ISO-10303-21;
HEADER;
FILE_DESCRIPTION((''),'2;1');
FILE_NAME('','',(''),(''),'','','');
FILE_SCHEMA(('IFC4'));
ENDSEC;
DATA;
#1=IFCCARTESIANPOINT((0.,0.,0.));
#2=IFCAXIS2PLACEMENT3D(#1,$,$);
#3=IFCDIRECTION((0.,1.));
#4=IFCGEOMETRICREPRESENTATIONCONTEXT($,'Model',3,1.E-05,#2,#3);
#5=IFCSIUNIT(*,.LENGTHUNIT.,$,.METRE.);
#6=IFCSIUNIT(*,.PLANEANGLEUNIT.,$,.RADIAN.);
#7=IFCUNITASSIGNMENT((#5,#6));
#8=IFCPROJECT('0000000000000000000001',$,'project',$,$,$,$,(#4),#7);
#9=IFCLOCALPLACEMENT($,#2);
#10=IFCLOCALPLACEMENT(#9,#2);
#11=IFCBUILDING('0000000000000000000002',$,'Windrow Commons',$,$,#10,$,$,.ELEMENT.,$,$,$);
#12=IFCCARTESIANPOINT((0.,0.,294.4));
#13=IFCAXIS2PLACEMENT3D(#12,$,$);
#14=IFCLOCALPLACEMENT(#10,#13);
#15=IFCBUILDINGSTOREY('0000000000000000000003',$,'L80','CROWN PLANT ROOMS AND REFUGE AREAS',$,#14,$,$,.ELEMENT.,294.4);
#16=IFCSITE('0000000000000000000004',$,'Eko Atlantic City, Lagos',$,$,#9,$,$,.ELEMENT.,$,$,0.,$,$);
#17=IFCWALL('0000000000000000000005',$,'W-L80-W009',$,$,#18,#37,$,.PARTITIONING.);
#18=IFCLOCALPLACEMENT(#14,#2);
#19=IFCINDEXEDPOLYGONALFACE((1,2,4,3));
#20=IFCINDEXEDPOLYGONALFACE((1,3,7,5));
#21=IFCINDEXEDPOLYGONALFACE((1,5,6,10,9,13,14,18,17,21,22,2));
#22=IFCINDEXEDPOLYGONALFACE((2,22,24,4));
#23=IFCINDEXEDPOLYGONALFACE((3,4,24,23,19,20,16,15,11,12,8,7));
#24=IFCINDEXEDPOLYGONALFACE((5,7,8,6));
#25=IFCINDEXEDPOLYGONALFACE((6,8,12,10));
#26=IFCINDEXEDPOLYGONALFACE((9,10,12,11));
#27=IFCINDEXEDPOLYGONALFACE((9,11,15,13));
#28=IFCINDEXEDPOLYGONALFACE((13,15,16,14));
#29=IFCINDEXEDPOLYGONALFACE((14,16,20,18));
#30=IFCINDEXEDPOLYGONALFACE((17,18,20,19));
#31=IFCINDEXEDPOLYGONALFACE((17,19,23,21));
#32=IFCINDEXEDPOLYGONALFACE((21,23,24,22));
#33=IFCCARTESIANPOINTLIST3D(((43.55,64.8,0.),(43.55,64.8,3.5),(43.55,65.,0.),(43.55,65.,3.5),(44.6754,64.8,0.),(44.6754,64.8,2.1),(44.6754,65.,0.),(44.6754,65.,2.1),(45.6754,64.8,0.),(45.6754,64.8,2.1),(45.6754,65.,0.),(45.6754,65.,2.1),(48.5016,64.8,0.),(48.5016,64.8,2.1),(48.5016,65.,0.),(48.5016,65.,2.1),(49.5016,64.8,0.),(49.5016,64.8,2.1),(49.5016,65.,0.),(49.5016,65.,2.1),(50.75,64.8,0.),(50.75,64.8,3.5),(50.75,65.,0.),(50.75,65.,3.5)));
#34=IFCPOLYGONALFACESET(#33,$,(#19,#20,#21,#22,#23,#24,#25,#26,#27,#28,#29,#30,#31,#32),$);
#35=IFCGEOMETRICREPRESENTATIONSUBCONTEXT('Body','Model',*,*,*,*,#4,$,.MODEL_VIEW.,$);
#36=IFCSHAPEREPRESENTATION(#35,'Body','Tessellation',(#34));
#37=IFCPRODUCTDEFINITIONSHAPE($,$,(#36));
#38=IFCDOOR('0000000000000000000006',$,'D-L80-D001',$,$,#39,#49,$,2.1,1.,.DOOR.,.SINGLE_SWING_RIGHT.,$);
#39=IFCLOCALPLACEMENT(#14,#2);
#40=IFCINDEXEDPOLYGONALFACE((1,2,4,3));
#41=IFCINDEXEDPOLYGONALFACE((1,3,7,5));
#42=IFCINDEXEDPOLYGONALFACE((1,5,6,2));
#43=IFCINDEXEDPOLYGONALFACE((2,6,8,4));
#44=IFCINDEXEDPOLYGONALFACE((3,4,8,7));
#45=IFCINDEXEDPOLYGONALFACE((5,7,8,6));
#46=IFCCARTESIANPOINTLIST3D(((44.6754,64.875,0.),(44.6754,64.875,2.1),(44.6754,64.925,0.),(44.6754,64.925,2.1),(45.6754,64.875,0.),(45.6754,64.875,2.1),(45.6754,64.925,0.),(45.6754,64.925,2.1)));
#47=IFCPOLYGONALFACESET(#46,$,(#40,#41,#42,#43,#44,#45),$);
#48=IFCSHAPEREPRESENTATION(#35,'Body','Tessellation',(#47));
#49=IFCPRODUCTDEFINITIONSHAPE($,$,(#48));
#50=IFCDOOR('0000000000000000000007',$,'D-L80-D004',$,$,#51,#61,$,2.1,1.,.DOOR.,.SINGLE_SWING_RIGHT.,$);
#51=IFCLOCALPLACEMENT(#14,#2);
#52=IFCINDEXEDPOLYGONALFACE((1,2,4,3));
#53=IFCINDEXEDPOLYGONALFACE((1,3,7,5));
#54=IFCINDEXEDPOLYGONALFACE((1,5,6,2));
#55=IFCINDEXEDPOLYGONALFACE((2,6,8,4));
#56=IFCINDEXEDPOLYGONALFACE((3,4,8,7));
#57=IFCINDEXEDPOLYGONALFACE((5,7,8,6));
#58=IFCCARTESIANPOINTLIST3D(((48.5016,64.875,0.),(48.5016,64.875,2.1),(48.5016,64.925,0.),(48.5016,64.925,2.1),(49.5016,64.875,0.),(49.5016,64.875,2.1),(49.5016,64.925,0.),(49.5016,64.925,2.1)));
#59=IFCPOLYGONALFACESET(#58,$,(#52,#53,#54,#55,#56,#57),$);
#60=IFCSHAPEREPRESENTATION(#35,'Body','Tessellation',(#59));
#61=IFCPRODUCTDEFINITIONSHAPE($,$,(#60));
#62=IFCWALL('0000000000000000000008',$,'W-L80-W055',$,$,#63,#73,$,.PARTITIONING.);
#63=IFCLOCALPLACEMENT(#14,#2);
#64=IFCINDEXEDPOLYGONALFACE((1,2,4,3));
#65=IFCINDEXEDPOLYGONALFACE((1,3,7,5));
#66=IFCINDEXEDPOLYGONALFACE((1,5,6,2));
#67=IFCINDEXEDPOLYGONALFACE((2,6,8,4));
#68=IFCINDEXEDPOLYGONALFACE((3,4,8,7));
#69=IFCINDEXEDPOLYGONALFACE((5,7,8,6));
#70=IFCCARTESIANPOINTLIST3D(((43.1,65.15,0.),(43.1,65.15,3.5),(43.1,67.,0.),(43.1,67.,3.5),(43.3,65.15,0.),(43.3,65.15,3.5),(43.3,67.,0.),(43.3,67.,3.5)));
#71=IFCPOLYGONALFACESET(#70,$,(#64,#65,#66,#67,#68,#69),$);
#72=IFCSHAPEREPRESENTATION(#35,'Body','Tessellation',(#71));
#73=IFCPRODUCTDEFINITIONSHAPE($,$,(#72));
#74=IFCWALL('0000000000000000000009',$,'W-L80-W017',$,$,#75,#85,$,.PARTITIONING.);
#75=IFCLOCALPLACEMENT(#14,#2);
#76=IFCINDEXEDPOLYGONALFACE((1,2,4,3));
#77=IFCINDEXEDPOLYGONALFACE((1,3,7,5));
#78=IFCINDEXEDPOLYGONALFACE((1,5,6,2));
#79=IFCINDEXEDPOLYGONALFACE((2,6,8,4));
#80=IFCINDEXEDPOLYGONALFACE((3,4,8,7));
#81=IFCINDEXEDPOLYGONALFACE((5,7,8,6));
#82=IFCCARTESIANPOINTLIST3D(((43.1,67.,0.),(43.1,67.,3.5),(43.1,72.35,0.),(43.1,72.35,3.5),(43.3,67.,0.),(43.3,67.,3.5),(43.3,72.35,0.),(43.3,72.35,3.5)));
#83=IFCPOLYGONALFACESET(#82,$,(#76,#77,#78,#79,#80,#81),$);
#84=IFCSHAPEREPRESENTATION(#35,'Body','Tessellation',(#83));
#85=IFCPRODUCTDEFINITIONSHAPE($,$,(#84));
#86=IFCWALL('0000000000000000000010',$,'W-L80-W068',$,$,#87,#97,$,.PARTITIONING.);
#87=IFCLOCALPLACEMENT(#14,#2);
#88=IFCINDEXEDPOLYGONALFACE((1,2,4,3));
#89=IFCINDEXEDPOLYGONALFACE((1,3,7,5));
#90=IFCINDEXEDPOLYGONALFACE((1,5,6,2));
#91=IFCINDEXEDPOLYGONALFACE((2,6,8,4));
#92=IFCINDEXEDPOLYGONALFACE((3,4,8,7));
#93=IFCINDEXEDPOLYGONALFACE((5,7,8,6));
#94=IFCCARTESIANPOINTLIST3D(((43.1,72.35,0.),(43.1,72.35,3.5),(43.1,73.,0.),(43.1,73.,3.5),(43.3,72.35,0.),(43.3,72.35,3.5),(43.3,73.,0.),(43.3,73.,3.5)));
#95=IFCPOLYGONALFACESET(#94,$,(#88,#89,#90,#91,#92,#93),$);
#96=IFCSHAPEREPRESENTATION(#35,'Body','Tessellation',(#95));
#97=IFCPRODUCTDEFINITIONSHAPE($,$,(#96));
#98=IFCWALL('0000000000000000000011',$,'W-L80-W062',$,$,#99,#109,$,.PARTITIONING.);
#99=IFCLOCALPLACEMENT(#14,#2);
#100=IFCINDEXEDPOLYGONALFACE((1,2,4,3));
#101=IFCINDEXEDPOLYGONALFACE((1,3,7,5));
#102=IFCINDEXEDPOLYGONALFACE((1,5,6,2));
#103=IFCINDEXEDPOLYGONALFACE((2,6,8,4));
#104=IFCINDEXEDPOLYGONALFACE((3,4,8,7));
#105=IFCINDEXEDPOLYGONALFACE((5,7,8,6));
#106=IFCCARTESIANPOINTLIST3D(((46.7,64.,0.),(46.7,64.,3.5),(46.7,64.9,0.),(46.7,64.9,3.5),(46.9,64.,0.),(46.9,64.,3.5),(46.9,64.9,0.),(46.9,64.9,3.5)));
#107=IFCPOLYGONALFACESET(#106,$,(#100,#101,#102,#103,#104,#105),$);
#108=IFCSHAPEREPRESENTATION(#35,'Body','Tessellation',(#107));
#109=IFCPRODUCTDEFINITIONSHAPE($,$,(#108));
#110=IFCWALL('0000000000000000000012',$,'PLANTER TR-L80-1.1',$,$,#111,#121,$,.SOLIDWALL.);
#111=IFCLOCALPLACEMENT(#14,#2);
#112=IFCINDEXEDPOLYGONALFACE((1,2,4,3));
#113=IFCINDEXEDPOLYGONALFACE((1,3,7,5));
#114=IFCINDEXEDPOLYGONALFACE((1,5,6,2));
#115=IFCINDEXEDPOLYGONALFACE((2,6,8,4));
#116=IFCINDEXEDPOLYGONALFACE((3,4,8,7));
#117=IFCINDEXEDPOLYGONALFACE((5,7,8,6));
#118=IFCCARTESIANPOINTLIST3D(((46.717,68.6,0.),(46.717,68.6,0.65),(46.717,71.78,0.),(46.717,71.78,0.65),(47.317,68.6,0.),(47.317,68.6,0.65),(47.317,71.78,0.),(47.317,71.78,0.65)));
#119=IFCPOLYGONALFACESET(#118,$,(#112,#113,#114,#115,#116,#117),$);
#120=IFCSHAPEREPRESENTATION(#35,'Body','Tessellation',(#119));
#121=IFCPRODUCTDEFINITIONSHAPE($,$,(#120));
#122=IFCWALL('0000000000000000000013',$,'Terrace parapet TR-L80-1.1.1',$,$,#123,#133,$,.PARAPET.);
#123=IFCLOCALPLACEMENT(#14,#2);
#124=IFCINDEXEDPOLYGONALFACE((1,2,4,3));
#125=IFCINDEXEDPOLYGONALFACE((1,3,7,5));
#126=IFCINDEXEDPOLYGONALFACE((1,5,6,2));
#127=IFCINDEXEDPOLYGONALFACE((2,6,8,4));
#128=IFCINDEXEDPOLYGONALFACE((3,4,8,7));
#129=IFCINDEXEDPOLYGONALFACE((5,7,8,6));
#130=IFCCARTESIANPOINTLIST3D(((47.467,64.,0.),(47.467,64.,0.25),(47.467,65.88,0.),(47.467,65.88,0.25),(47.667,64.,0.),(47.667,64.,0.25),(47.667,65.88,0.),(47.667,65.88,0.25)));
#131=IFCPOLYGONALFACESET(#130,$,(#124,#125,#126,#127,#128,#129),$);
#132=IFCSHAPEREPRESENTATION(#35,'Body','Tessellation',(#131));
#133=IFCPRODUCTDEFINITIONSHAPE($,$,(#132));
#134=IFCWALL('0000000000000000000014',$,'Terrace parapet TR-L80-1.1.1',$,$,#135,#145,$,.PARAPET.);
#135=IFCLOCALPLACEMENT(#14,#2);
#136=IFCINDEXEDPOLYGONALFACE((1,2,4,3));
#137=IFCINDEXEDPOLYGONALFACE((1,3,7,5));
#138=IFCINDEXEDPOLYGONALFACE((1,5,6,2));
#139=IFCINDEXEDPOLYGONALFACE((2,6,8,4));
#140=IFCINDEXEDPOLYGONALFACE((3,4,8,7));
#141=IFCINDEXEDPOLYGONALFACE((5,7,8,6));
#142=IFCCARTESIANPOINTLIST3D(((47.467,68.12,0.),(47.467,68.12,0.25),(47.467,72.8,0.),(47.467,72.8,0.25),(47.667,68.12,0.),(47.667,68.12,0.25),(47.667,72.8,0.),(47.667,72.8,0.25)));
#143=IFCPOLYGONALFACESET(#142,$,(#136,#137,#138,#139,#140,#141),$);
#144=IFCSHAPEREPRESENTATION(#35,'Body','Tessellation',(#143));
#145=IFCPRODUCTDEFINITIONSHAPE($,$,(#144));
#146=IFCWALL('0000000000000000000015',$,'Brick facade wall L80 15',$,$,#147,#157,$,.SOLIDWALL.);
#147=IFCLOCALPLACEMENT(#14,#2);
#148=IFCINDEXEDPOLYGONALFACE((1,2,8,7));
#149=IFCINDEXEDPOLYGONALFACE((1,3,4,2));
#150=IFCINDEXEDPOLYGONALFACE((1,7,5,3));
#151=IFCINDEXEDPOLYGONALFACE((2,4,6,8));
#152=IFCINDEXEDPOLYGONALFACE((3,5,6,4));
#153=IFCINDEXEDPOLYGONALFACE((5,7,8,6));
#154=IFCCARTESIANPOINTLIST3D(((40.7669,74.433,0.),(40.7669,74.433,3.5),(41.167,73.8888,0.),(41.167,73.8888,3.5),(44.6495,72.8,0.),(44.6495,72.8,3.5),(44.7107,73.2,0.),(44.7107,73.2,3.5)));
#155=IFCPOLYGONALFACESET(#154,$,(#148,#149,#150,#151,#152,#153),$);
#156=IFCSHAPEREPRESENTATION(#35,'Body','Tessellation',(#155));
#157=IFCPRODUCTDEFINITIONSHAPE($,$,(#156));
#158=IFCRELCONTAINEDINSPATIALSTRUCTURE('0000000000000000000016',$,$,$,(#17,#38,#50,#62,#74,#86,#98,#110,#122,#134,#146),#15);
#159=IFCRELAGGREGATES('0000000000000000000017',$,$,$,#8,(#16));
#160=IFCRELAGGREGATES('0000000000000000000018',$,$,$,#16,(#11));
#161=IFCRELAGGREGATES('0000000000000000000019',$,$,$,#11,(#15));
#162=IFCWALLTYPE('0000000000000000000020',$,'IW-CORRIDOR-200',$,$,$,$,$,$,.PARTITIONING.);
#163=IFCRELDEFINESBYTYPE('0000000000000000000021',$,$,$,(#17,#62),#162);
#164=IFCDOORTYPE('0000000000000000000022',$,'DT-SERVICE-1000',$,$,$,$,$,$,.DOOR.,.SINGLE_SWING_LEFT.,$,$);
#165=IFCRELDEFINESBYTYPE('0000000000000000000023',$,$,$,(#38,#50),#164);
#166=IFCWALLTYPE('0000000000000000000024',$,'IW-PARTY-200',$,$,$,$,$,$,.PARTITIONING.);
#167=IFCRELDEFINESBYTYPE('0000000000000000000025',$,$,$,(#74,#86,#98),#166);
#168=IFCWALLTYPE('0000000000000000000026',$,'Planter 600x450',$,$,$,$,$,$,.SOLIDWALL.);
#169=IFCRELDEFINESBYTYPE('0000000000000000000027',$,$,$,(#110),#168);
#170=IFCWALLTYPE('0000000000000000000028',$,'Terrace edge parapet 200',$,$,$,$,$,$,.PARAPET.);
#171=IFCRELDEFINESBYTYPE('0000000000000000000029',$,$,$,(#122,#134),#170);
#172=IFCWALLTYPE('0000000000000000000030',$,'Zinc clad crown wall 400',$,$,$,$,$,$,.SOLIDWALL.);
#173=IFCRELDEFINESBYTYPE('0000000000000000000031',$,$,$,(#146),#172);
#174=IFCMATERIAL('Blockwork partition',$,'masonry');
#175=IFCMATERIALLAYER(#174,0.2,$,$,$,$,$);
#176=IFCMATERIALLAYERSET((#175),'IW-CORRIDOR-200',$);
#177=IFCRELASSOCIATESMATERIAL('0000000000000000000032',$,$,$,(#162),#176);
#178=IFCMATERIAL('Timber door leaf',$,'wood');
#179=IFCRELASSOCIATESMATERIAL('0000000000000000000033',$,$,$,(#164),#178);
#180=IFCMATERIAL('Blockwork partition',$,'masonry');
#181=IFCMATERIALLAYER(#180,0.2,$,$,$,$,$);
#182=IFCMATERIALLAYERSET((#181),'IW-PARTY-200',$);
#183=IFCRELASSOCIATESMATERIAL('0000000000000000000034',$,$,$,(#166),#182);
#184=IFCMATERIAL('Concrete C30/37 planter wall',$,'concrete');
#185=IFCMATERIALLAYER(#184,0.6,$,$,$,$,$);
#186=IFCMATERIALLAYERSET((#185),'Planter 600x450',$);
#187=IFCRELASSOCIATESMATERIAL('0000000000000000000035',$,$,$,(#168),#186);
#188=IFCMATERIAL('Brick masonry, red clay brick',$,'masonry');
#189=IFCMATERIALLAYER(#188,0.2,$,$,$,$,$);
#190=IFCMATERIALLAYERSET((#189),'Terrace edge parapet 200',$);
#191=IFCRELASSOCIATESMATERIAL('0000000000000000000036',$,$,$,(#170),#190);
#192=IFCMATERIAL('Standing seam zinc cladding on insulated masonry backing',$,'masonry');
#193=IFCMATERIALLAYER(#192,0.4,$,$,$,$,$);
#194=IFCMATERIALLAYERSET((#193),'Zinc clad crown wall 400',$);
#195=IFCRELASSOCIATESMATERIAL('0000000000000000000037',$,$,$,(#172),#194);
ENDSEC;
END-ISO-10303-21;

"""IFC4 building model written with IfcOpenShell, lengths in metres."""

from ifc_helpers import new_model, si_unit, direction, frame, frame_2d, origin, place, context, subcontext, project, spatial, polyline, rectangle, outline, extrude, material, layer, layer_set, type_object, element, fill, save


model = new_model("IFC4")

# Units and contexts
model_context = context("Model", 3, precision=1e-05, world=origin(), true_north=direction((0.0, 1.0)))
body_context = subcontext(model_context, "Body", "Model", "MODEL_VIEW")
ifc_project = project(units=[si_unit("LENGTHUNIT", "METRE"), si_unit("PLANEANGLEUNIT", "RADIAN")], contexts=[model_context])

# Site, building, storey
site_placement = place(None, origin())
site = spatial("IfcSite", under=ifc_project, at=site_placement, Name="Eko Atlantic City, Lagos", CompositionType="ELEMENT", RefElevation=0.0)
building_placement = place(site_placement, origin())
building = spatial("IfcBuilding", under=site, at=building_placement, Name="Windrow Commons", CompositionType="ELEMENT")
storey_placement = place(building_placement, frame((0.0, 0.0, 294.4)))
storey = spatial("IfcBuildingStorey", under=building, at=storey_placement, Name="L80", Description="CROWN PLANT ROOMS AND REFUGE AREAS", CompositionType="ELEMENT", Elevation=294.4)

# Wall, openings, doors
ifc_material_1 = material(Name="Blockwork partition", Category="masonry")
ifc_layer_1 = layer(ifc_material_1, 0.2)
ifc_layer_set_1 = layer_set([ifc_layer_1], Name="IW-CORRIDOR-200")
wall_type_1 = type_object("IfcWallType", Name="IW-CORRIDOR-200", PredefinedType="PARTITIONING", material=ifc_layer_set_1)
ifc_material_2 = material(Name="Timber door leaf", Category="wood")
door_type = type_object("IfcDoorType", Name="DT-SERVICE-1000", OperationType="SINGLE_SWING_LEFT", PredefinedType="DOOR", material=ifc_material_2)
wall_1_placement = place(storey_placement, frame((43.55, 64.9, 0.0), z_axis=(0.0, 0.0, 1.0), x_axis=(1.0, 0.0, 0.0)))
wall_1 = element("IfcWall", 1, at=wall_1_placement, inside=storey, type_object=wall_type_1, Name="W-L80-W009", PredefinedType="PARTITIONING", context=body_context, shape_type="SweptSolid", body=[
    extrude(rectangle(XDim=7.2, YDim=0.2, at=frame_2d((3.6, 0.0))), origin(), (0.0, 0.0, 1.0), 3.5),
])
opening_1_placement = place(wall_1_placement, frame((1.1254, 0.0, 0.0)))
opening_1 = element("IfcOpeningElement", 2, at=opening_1_placement, cuts=wall_1, PredefinedType="OPENING", context=body_context, shape_type="SweptSolid", body=[
    extrude(rectangle(XDim=1.0, YDim=2.1, at=frame_2d((0.5, 1.05))), frame((0.0, 0.11, 0.0), z_axis=(0.0, -1.0, 0.0), x_axis=(1.0, 0.0, 0.0)), (0.0, 0.0, 1.0), 0.22),
])
opening_2_placement = place(wall_1_placement, frame((4.9516, 0.0, 0.0)))
opening_2 = element("IfcOpeningElement", 3, at=opening_2_placement, cuts=wall_1, PredefinedType="OPENING", context=body_context, shape_type="SweptSolid", body=[
    extrude(rectangle(XDim=1.0, YDim=2.1, at=frame_2d((0.5, 1.05))), frame((0.0, 0.11, 0.0), z_axis=(0.0, -1.0, 0.0), x_axis=(1.0, 0.0, 0.0)), (0.0, 0.0, 1.0), 0.22),
])
door_1_placement = place(opening_1_placement, origin())
door_1 = element("IfcDoor", 4, at=door_1_placement, inside=storey, type_object=door_type, Name="D-L80-D001", OperationType="SINGLE_SWING_RIGHT", OverallHeight=2.1, OverallWidth=1.0, PredefinedType="DOOR", context=body_context, shape_type="SweptSolid", body=[
    extrude(rectangle(XDim=1.0, YDim=2.1, at=frame_2d((0.5, 1.05))), frame((0.0, 0.025, 0.0), z_axis=(0.0, -1.0, 0.0), x_axis=(1.0, 0.0, 0.0)), (0.0, 0.0, 1.0), 0.05),
])
fill(opening_1, door_1)
door_2_placement = place(opening_2_placement, origin())
door_2 = element("IfcDoor", 5, at=door_2_placement, inside=storey, type_object=door_type, Name="D-L80-D004", OperationType="SINGLE_SWING_RIGHT", OverallHeight=2.1, OverallWidth=1.0, PredefinedType="DOOR", context=body_context, shape_type="SweptSolid", body=[
    extrude(rectangle(XDim=1.0, YDim=2.1, at=frame_2d((0.5, 1.05))), frame((0.0, 0.025, 0.0), z_axis=(0.0, -1.0, 0.0), x_axis=(1.0, 0.0, 0.0)), (0.0, 0.0, 1.0), 0.05),
])
fill(opening_2, door_2)

# Walls
wall_2_placement = place(storey_placement, frame((43.2, 65.15, 0.0), z_axis=(0.0, 0.0, 1.0), x_axis=(0.0, 1.0, 0.0)))
element("IfcWall", 6, at=wall_2_placement, inside=storey, type_object=wall_type_1, Name="W-L80-W055", PredefinedType="PARTITIONING", context=body_context, shape_type="SweptSolid", body=[
    extrude(rectangle(XDim=1.85, YDim=0.2, at=frame_2d((0.925, 0.0))), origin(), (0.0, 0.0, 1.0), 3.5),
])
ifc_material_3 = material(Name="Blockwork partition", Category="masonry")
ifc_layer_2 = layer(ifc_material_3, 0.2)
ifc_layer_set_2 = layer_set([ifc_layer_2], Name="IW-PARTY-200")
wall_type_2 = type_object("IfcWallType", Name="IW-PARTY-200", PredefinedType="PARTITIONING", material=ifc_layer_set_2)
wall_3_placement = place(storey_placement, frame((43.2, 67.0, 0.0), z_axis=(0.0, 0.0, 1.0), x_axis=(0.0, 1.0, 0.0)))
element("IfcWall", 7, at=wall_3_placement, inside=storey, type_object=wall_type_2, Name="W-L80-W017", PredefinedType="PARTITIONING", context=body_context, shape_type="SweptSolid", body=[
    extrude(rectangle(XDim=5.35, YDim=0.2, at=frame_2d((2.675, 0.0))), origin(), (0.0, 0.0, 1.0), 3.5),
])
wall_4_placement = place(storey_placement, frame((43.2, 72.35, 0.0), z_axis=(0.0, 0.0, 1.0), x_axis=(0.0, 1.0, 0.0)))
element("IfcWall", 8, at=wall_4_placement, inside=storey, type_object=wall_type_2, Name="W-L80-W068", PredefinedType="PARTITIONING", context=body_context, shape_type="SweptSolid", body=[
    extrude(rectangle(XDim=0.65, YDim=0.2, at=frame_2d((0.325, 0.0))), origin(), (0.0, 0.0, 1.0), 3.5),
])
wall_5_placement = place(storey_placement, frame((46.8, 64.0, 0.0), z_axis=(0.0, 0.0, 1.0), x_axis=(0.0, 1.0, 0.0)))
element("IfcWall", 9, at=wall_5_placement, inside=storey, type_object=wall_type_2, Name="W-L80-W062", PredefinedType="PARTITIONING", context=body_context, shape_type="SweptSolid", body=[
    extrude(outline(polyline([(0.0, -0.1), (0.9, -0.1), (0.9, 0.1), (0.0, 0.1), (0.0, -0.1)])), origin(), (0.0, 0.0, 1.0), 3.5),
])
ifc_material_4 = material(Name="Concrete C30/37 planter wall", Category="concrete")
ifc_layer_3 = layer(ifc_material_4, 0.6)
ifc_layer_set_3 = layer_set([ifc_layer_3], Name="Planter 600x450")
wall_type_3 = type_object("IfcWallType", Name="Planter 600x450", PredefinedType="SOLIDWALL", material=ifc_layer_set_3)
wall_6_placement = place(storey_placement, frame((47.017, 68.6, 0.0), z_axis=(0.0, 0.0, 1.0), x_axis=(0.0, 1.0, 0.0)))
element("IfcWall", 10, at=wall_6_placement, inside=storey, type_object=wall_type_3, Name="PLANTER TR-L80-1.1", PredefinedType="SOLIDWALL", context=body_context, shape_type="SweptSolid", body=[
    extrude(outline(polyline([(0.0, -0.3), (3.18, -0.3), (3.18, 0.3), (0.0, 0.3), (0.0, -0.3)])), origin(), (0.0, 0.0, 1.0), 0.65),
])
ifc_material_5 = material(Name="Brick masonry, red clay brick", Category="masonry")
ifc_layer_4 = layer(ifc_material_5, 0.2)
ifc_layer_set_4 = layer_set([ifc_layer_4], Name="Terrace edge parapet 200")
wall_type_4 = type_object("IfcWallType", Name="Terrace edge parapet 200", PredefinedType="PARAPET", material=ifc_layer_set_4)
wall_7_placement = place(storey_placement, frame((47.567, 64.0, 0.0), z_axis=(0.0, 0.0, 1.0), x_axis=(0.0, 1.0, 0.0)))
element("IfcWall", 11, at=wall_7_placement, inside=storey, type_object=wall_type_4, Name="Terrace parapet TR-L80-1.1.1", PredefinedType="PARAPET", context=body_context, shape_type="SweptSolid", body=[
    extrude(outline(polyline([(0.0, -0.1), (1.88, -0.1), (1.88, 0.1), (0.0, 0.1), (0.0, -0.1)])), origin(), (0.0, 0.0, 1.0), 0.25),
])
wall_8_placement = place(storey_placement, frame((47.567, 68.12, 0.0), z_axis=(0.0, 0.0, 1.0), x_axis=(0.0, 1.0, 0.0)))
element("IfcWall", 12, at=wall_8_placement, inside=storey, type_object=wall_type_4, Name="Terrace parapet TR-L80-1.1.1", PredefinedType="PARAPET", context=body_context, shape_type="SweptSolid", body=[
    extrude(outline(polyline([(0.0, -0.1), (4.68, -0.1), (4.68, 0.1), (0.0, 0.1), (0.0, -0.1)])), origin(), (0.0, 0.0, 1.0), 0.25),
])
ifc_material_6 = material(Name="Standing seam zinc cladding on insulated masonry backing", Category="masonry")
ifc_layer_5 = layer(ifc_material_6, 0.4)
ifc_layer_set_5 = layer_set([ifc_layer_5], Name="Zinc clad crown wall 400")
wall_type_5 = type_object("IfcWallType", Name="Zinc clad crown wall 400", PredefinedType="SOLIDWALL", material=ifc_layer_set_5)
wall_9_placement = place(storey_placement, frame((44.6801, 73.0, 0.0), z_axis=(0.0, 0.0, 1.0), x_axis=(-0.954439, 0.298405, 0.0)))
element("IfcWall", 13, at=wall_9_placement, inside=storey, type_object=wall_type_5, Name="Brick facade wall L80 15", PredefinedType="SOLIDWALL", context=body_context, shape_type="SweptSolid", body=[
    extrude(outline(polyline([(0.0305, -0.2), (4.1625, -0.2), (3.6183, 0.2), (-0.0305, 0.2), (0.0305, -0.2)])), origin(), (0.0, 0.0, 1.0), 3.5),
])

save(model, "model.ifc")
